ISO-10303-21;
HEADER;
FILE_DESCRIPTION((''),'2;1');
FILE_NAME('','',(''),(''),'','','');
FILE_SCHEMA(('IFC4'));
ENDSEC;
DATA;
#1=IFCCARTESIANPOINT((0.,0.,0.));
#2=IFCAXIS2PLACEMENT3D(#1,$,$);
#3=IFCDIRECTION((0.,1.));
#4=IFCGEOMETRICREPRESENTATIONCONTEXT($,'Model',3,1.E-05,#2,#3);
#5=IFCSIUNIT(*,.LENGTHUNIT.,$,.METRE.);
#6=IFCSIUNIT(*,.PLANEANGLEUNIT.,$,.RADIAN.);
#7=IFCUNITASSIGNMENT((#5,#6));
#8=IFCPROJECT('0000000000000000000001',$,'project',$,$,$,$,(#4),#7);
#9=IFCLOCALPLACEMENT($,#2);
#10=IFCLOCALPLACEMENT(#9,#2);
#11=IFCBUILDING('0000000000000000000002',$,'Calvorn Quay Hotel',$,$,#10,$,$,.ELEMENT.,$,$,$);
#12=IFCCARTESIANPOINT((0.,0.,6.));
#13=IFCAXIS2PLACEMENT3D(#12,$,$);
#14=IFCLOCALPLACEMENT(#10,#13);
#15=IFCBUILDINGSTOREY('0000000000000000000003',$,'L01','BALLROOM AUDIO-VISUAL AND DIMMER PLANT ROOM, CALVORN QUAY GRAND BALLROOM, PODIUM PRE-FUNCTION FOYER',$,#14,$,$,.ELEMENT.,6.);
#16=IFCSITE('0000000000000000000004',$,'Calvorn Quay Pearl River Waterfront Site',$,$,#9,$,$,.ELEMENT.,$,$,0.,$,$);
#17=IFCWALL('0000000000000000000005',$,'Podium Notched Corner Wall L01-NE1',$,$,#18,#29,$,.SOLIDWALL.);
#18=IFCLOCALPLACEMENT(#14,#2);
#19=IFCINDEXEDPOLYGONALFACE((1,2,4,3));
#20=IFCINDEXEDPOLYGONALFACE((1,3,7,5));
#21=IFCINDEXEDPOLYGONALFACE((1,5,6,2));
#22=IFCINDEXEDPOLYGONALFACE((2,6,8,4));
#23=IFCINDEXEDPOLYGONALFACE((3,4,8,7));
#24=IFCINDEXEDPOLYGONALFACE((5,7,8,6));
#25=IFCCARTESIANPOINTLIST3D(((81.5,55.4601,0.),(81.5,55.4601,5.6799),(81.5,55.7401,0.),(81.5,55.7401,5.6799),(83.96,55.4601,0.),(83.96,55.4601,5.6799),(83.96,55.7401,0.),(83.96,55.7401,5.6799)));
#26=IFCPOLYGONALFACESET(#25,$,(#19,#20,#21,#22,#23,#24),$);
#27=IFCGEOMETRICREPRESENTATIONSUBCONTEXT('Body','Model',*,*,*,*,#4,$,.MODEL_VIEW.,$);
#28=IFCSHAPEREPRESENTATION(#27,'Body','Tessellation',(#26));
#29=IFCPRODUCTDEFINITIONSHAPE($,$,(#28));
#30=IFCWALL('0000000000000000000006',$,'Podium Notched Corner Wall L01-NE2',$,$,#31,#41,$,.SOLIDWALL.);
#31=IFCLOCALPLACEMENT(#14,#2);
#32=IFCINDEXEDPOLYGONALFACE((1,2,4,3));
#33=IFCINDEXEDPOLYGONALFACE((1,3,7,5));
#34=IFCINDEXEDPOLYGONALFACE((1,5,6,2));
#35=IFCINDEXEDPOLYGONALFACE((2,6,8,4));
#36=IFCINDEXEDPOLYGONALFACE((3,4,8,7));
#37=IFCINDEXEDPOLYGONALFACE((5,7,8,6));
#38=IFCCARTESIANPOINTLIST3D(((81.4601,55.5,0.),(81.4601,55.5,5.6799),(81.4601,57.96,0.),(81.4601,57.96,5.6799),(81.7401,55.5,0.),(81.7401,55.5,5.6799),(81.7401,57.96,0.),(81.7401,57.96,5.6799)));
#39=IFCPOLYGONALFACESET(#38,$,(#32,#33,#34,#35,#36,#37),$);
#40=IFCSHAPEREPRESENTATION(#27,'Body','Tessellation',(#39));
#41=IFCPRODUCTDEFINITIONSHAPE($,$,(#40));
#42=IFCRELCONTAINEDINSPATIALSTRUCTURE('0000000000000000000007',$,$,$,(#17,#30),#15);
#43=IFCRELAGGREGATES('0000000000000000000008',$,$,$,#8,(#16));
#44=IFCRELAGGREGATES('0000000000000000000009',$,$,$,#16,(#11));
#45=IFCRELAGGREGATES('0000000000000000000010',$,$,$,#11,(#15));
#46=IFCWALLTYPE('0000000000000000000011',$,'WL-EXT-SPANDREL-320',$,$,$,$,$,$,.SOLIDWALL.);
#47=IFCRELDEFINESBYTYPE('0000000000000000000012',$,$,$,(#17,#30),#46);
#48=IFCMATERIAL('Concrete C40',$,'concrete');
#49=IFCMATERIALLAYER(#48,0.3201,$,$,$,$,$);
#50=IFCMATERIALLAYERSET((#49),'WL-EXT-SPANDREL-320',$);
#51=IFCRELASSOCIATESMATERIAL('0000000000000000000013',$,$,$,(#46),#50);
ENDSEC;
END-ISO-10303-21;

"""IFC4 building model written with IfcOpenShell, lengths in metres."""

from ifc_helpers import new_model, si_unit, direction, frame, frame_2d, origin, place, context, subcontext, project, spatial, rectangle, extrude, material, layer, layer_set, type_object, element, save


model = new_model("IFC4")

# Units and contexts
model_context = context("Model", 3, precision=1e-05, world=origin(), true_north=direction((0.0, 1.0)))
body_context = subcontext(model_context, "Body", "Model", "MODEL_VIEW")
ifc_project = project(units=[si_unit("LENGTHUNIT", "METRE"), si_unit("PLANEANGLEUNIT", "RADIAN")], contexts=[model_context])

# Site, building, storey
site_placement = place(None, origin())
site = spatial("IfcSite", under=ifc_project, at=site_placement, Name="Calvorn Quay Pearl River Waterfront Site", CompositionType="ELEMENT", RefElevation=0.0)
building_placement = place(site_placement, origin())
building = spatial("IfcBuilding", under=site, at=building_placement, Name="Calvorn Quay Hotel", CompositionType="ELEMENT")
storey_placement = place(building_placement, frame((0.0, 0.0, 6.0)))
storey = spatial("IfcBuildingStorey", under=building, at=storey_placement, Name="L01", Description="BALLROOM AUDIO-VISUAL AND DIMMER PLANT ROOM, CALVORN QUAY GRAND BALLROOM, PODIUM PRE-FUNCTION FOYER", CompositionType="ELEMENT", Elevation=6.0)

# Walls
ifc_material_1 = material(Name="Concrete C40", Category="concrete")
ifc_layer_1 = layer(ifc_material_1, 0.3201)
ifc_layer_set_1 = layer_set([ifc_layer_1], Name="WL-EXT-SPANDREL-320")
wall_type = type_object("IfcWallType", Name="WL-EXT-SPANDREL-320", PredefinedType="SOLIDWALL", material=ifc_layer_set_1)
for number, where, z_axis, x_axis, name in (
    (1, (83.96, 55.6001, 0.0), (0.0, 0.0, 1.0), (-1.0, 0.0, 0.0), "Podium Notched Corner Wall L01-NE1"),
    (2, (81.6001, 55.5, 0.0), (0.0, 0.0, 1.0), (0.0, 1.0, 0.0), "Podium Notched Corner Wall L01-NE2"),
):
    element("IfcWall", number, at=place(storey_placement, frame(where, z_axis=z_axis, x_axis=x_axis)), inside=storey, type_object=wall_type, Name=name, PredefinedType="SOLIDWALL", context=body_context, shape_type="SweptSolid", body=[
        extrude(rectangle(XDim=2.46, YDim=0.28, at=frame_2d((1.23, 0.0))), origin(), (0.0, 0.0, 1.0), 5.6799),
    ])

save(model, "model.ifc")
